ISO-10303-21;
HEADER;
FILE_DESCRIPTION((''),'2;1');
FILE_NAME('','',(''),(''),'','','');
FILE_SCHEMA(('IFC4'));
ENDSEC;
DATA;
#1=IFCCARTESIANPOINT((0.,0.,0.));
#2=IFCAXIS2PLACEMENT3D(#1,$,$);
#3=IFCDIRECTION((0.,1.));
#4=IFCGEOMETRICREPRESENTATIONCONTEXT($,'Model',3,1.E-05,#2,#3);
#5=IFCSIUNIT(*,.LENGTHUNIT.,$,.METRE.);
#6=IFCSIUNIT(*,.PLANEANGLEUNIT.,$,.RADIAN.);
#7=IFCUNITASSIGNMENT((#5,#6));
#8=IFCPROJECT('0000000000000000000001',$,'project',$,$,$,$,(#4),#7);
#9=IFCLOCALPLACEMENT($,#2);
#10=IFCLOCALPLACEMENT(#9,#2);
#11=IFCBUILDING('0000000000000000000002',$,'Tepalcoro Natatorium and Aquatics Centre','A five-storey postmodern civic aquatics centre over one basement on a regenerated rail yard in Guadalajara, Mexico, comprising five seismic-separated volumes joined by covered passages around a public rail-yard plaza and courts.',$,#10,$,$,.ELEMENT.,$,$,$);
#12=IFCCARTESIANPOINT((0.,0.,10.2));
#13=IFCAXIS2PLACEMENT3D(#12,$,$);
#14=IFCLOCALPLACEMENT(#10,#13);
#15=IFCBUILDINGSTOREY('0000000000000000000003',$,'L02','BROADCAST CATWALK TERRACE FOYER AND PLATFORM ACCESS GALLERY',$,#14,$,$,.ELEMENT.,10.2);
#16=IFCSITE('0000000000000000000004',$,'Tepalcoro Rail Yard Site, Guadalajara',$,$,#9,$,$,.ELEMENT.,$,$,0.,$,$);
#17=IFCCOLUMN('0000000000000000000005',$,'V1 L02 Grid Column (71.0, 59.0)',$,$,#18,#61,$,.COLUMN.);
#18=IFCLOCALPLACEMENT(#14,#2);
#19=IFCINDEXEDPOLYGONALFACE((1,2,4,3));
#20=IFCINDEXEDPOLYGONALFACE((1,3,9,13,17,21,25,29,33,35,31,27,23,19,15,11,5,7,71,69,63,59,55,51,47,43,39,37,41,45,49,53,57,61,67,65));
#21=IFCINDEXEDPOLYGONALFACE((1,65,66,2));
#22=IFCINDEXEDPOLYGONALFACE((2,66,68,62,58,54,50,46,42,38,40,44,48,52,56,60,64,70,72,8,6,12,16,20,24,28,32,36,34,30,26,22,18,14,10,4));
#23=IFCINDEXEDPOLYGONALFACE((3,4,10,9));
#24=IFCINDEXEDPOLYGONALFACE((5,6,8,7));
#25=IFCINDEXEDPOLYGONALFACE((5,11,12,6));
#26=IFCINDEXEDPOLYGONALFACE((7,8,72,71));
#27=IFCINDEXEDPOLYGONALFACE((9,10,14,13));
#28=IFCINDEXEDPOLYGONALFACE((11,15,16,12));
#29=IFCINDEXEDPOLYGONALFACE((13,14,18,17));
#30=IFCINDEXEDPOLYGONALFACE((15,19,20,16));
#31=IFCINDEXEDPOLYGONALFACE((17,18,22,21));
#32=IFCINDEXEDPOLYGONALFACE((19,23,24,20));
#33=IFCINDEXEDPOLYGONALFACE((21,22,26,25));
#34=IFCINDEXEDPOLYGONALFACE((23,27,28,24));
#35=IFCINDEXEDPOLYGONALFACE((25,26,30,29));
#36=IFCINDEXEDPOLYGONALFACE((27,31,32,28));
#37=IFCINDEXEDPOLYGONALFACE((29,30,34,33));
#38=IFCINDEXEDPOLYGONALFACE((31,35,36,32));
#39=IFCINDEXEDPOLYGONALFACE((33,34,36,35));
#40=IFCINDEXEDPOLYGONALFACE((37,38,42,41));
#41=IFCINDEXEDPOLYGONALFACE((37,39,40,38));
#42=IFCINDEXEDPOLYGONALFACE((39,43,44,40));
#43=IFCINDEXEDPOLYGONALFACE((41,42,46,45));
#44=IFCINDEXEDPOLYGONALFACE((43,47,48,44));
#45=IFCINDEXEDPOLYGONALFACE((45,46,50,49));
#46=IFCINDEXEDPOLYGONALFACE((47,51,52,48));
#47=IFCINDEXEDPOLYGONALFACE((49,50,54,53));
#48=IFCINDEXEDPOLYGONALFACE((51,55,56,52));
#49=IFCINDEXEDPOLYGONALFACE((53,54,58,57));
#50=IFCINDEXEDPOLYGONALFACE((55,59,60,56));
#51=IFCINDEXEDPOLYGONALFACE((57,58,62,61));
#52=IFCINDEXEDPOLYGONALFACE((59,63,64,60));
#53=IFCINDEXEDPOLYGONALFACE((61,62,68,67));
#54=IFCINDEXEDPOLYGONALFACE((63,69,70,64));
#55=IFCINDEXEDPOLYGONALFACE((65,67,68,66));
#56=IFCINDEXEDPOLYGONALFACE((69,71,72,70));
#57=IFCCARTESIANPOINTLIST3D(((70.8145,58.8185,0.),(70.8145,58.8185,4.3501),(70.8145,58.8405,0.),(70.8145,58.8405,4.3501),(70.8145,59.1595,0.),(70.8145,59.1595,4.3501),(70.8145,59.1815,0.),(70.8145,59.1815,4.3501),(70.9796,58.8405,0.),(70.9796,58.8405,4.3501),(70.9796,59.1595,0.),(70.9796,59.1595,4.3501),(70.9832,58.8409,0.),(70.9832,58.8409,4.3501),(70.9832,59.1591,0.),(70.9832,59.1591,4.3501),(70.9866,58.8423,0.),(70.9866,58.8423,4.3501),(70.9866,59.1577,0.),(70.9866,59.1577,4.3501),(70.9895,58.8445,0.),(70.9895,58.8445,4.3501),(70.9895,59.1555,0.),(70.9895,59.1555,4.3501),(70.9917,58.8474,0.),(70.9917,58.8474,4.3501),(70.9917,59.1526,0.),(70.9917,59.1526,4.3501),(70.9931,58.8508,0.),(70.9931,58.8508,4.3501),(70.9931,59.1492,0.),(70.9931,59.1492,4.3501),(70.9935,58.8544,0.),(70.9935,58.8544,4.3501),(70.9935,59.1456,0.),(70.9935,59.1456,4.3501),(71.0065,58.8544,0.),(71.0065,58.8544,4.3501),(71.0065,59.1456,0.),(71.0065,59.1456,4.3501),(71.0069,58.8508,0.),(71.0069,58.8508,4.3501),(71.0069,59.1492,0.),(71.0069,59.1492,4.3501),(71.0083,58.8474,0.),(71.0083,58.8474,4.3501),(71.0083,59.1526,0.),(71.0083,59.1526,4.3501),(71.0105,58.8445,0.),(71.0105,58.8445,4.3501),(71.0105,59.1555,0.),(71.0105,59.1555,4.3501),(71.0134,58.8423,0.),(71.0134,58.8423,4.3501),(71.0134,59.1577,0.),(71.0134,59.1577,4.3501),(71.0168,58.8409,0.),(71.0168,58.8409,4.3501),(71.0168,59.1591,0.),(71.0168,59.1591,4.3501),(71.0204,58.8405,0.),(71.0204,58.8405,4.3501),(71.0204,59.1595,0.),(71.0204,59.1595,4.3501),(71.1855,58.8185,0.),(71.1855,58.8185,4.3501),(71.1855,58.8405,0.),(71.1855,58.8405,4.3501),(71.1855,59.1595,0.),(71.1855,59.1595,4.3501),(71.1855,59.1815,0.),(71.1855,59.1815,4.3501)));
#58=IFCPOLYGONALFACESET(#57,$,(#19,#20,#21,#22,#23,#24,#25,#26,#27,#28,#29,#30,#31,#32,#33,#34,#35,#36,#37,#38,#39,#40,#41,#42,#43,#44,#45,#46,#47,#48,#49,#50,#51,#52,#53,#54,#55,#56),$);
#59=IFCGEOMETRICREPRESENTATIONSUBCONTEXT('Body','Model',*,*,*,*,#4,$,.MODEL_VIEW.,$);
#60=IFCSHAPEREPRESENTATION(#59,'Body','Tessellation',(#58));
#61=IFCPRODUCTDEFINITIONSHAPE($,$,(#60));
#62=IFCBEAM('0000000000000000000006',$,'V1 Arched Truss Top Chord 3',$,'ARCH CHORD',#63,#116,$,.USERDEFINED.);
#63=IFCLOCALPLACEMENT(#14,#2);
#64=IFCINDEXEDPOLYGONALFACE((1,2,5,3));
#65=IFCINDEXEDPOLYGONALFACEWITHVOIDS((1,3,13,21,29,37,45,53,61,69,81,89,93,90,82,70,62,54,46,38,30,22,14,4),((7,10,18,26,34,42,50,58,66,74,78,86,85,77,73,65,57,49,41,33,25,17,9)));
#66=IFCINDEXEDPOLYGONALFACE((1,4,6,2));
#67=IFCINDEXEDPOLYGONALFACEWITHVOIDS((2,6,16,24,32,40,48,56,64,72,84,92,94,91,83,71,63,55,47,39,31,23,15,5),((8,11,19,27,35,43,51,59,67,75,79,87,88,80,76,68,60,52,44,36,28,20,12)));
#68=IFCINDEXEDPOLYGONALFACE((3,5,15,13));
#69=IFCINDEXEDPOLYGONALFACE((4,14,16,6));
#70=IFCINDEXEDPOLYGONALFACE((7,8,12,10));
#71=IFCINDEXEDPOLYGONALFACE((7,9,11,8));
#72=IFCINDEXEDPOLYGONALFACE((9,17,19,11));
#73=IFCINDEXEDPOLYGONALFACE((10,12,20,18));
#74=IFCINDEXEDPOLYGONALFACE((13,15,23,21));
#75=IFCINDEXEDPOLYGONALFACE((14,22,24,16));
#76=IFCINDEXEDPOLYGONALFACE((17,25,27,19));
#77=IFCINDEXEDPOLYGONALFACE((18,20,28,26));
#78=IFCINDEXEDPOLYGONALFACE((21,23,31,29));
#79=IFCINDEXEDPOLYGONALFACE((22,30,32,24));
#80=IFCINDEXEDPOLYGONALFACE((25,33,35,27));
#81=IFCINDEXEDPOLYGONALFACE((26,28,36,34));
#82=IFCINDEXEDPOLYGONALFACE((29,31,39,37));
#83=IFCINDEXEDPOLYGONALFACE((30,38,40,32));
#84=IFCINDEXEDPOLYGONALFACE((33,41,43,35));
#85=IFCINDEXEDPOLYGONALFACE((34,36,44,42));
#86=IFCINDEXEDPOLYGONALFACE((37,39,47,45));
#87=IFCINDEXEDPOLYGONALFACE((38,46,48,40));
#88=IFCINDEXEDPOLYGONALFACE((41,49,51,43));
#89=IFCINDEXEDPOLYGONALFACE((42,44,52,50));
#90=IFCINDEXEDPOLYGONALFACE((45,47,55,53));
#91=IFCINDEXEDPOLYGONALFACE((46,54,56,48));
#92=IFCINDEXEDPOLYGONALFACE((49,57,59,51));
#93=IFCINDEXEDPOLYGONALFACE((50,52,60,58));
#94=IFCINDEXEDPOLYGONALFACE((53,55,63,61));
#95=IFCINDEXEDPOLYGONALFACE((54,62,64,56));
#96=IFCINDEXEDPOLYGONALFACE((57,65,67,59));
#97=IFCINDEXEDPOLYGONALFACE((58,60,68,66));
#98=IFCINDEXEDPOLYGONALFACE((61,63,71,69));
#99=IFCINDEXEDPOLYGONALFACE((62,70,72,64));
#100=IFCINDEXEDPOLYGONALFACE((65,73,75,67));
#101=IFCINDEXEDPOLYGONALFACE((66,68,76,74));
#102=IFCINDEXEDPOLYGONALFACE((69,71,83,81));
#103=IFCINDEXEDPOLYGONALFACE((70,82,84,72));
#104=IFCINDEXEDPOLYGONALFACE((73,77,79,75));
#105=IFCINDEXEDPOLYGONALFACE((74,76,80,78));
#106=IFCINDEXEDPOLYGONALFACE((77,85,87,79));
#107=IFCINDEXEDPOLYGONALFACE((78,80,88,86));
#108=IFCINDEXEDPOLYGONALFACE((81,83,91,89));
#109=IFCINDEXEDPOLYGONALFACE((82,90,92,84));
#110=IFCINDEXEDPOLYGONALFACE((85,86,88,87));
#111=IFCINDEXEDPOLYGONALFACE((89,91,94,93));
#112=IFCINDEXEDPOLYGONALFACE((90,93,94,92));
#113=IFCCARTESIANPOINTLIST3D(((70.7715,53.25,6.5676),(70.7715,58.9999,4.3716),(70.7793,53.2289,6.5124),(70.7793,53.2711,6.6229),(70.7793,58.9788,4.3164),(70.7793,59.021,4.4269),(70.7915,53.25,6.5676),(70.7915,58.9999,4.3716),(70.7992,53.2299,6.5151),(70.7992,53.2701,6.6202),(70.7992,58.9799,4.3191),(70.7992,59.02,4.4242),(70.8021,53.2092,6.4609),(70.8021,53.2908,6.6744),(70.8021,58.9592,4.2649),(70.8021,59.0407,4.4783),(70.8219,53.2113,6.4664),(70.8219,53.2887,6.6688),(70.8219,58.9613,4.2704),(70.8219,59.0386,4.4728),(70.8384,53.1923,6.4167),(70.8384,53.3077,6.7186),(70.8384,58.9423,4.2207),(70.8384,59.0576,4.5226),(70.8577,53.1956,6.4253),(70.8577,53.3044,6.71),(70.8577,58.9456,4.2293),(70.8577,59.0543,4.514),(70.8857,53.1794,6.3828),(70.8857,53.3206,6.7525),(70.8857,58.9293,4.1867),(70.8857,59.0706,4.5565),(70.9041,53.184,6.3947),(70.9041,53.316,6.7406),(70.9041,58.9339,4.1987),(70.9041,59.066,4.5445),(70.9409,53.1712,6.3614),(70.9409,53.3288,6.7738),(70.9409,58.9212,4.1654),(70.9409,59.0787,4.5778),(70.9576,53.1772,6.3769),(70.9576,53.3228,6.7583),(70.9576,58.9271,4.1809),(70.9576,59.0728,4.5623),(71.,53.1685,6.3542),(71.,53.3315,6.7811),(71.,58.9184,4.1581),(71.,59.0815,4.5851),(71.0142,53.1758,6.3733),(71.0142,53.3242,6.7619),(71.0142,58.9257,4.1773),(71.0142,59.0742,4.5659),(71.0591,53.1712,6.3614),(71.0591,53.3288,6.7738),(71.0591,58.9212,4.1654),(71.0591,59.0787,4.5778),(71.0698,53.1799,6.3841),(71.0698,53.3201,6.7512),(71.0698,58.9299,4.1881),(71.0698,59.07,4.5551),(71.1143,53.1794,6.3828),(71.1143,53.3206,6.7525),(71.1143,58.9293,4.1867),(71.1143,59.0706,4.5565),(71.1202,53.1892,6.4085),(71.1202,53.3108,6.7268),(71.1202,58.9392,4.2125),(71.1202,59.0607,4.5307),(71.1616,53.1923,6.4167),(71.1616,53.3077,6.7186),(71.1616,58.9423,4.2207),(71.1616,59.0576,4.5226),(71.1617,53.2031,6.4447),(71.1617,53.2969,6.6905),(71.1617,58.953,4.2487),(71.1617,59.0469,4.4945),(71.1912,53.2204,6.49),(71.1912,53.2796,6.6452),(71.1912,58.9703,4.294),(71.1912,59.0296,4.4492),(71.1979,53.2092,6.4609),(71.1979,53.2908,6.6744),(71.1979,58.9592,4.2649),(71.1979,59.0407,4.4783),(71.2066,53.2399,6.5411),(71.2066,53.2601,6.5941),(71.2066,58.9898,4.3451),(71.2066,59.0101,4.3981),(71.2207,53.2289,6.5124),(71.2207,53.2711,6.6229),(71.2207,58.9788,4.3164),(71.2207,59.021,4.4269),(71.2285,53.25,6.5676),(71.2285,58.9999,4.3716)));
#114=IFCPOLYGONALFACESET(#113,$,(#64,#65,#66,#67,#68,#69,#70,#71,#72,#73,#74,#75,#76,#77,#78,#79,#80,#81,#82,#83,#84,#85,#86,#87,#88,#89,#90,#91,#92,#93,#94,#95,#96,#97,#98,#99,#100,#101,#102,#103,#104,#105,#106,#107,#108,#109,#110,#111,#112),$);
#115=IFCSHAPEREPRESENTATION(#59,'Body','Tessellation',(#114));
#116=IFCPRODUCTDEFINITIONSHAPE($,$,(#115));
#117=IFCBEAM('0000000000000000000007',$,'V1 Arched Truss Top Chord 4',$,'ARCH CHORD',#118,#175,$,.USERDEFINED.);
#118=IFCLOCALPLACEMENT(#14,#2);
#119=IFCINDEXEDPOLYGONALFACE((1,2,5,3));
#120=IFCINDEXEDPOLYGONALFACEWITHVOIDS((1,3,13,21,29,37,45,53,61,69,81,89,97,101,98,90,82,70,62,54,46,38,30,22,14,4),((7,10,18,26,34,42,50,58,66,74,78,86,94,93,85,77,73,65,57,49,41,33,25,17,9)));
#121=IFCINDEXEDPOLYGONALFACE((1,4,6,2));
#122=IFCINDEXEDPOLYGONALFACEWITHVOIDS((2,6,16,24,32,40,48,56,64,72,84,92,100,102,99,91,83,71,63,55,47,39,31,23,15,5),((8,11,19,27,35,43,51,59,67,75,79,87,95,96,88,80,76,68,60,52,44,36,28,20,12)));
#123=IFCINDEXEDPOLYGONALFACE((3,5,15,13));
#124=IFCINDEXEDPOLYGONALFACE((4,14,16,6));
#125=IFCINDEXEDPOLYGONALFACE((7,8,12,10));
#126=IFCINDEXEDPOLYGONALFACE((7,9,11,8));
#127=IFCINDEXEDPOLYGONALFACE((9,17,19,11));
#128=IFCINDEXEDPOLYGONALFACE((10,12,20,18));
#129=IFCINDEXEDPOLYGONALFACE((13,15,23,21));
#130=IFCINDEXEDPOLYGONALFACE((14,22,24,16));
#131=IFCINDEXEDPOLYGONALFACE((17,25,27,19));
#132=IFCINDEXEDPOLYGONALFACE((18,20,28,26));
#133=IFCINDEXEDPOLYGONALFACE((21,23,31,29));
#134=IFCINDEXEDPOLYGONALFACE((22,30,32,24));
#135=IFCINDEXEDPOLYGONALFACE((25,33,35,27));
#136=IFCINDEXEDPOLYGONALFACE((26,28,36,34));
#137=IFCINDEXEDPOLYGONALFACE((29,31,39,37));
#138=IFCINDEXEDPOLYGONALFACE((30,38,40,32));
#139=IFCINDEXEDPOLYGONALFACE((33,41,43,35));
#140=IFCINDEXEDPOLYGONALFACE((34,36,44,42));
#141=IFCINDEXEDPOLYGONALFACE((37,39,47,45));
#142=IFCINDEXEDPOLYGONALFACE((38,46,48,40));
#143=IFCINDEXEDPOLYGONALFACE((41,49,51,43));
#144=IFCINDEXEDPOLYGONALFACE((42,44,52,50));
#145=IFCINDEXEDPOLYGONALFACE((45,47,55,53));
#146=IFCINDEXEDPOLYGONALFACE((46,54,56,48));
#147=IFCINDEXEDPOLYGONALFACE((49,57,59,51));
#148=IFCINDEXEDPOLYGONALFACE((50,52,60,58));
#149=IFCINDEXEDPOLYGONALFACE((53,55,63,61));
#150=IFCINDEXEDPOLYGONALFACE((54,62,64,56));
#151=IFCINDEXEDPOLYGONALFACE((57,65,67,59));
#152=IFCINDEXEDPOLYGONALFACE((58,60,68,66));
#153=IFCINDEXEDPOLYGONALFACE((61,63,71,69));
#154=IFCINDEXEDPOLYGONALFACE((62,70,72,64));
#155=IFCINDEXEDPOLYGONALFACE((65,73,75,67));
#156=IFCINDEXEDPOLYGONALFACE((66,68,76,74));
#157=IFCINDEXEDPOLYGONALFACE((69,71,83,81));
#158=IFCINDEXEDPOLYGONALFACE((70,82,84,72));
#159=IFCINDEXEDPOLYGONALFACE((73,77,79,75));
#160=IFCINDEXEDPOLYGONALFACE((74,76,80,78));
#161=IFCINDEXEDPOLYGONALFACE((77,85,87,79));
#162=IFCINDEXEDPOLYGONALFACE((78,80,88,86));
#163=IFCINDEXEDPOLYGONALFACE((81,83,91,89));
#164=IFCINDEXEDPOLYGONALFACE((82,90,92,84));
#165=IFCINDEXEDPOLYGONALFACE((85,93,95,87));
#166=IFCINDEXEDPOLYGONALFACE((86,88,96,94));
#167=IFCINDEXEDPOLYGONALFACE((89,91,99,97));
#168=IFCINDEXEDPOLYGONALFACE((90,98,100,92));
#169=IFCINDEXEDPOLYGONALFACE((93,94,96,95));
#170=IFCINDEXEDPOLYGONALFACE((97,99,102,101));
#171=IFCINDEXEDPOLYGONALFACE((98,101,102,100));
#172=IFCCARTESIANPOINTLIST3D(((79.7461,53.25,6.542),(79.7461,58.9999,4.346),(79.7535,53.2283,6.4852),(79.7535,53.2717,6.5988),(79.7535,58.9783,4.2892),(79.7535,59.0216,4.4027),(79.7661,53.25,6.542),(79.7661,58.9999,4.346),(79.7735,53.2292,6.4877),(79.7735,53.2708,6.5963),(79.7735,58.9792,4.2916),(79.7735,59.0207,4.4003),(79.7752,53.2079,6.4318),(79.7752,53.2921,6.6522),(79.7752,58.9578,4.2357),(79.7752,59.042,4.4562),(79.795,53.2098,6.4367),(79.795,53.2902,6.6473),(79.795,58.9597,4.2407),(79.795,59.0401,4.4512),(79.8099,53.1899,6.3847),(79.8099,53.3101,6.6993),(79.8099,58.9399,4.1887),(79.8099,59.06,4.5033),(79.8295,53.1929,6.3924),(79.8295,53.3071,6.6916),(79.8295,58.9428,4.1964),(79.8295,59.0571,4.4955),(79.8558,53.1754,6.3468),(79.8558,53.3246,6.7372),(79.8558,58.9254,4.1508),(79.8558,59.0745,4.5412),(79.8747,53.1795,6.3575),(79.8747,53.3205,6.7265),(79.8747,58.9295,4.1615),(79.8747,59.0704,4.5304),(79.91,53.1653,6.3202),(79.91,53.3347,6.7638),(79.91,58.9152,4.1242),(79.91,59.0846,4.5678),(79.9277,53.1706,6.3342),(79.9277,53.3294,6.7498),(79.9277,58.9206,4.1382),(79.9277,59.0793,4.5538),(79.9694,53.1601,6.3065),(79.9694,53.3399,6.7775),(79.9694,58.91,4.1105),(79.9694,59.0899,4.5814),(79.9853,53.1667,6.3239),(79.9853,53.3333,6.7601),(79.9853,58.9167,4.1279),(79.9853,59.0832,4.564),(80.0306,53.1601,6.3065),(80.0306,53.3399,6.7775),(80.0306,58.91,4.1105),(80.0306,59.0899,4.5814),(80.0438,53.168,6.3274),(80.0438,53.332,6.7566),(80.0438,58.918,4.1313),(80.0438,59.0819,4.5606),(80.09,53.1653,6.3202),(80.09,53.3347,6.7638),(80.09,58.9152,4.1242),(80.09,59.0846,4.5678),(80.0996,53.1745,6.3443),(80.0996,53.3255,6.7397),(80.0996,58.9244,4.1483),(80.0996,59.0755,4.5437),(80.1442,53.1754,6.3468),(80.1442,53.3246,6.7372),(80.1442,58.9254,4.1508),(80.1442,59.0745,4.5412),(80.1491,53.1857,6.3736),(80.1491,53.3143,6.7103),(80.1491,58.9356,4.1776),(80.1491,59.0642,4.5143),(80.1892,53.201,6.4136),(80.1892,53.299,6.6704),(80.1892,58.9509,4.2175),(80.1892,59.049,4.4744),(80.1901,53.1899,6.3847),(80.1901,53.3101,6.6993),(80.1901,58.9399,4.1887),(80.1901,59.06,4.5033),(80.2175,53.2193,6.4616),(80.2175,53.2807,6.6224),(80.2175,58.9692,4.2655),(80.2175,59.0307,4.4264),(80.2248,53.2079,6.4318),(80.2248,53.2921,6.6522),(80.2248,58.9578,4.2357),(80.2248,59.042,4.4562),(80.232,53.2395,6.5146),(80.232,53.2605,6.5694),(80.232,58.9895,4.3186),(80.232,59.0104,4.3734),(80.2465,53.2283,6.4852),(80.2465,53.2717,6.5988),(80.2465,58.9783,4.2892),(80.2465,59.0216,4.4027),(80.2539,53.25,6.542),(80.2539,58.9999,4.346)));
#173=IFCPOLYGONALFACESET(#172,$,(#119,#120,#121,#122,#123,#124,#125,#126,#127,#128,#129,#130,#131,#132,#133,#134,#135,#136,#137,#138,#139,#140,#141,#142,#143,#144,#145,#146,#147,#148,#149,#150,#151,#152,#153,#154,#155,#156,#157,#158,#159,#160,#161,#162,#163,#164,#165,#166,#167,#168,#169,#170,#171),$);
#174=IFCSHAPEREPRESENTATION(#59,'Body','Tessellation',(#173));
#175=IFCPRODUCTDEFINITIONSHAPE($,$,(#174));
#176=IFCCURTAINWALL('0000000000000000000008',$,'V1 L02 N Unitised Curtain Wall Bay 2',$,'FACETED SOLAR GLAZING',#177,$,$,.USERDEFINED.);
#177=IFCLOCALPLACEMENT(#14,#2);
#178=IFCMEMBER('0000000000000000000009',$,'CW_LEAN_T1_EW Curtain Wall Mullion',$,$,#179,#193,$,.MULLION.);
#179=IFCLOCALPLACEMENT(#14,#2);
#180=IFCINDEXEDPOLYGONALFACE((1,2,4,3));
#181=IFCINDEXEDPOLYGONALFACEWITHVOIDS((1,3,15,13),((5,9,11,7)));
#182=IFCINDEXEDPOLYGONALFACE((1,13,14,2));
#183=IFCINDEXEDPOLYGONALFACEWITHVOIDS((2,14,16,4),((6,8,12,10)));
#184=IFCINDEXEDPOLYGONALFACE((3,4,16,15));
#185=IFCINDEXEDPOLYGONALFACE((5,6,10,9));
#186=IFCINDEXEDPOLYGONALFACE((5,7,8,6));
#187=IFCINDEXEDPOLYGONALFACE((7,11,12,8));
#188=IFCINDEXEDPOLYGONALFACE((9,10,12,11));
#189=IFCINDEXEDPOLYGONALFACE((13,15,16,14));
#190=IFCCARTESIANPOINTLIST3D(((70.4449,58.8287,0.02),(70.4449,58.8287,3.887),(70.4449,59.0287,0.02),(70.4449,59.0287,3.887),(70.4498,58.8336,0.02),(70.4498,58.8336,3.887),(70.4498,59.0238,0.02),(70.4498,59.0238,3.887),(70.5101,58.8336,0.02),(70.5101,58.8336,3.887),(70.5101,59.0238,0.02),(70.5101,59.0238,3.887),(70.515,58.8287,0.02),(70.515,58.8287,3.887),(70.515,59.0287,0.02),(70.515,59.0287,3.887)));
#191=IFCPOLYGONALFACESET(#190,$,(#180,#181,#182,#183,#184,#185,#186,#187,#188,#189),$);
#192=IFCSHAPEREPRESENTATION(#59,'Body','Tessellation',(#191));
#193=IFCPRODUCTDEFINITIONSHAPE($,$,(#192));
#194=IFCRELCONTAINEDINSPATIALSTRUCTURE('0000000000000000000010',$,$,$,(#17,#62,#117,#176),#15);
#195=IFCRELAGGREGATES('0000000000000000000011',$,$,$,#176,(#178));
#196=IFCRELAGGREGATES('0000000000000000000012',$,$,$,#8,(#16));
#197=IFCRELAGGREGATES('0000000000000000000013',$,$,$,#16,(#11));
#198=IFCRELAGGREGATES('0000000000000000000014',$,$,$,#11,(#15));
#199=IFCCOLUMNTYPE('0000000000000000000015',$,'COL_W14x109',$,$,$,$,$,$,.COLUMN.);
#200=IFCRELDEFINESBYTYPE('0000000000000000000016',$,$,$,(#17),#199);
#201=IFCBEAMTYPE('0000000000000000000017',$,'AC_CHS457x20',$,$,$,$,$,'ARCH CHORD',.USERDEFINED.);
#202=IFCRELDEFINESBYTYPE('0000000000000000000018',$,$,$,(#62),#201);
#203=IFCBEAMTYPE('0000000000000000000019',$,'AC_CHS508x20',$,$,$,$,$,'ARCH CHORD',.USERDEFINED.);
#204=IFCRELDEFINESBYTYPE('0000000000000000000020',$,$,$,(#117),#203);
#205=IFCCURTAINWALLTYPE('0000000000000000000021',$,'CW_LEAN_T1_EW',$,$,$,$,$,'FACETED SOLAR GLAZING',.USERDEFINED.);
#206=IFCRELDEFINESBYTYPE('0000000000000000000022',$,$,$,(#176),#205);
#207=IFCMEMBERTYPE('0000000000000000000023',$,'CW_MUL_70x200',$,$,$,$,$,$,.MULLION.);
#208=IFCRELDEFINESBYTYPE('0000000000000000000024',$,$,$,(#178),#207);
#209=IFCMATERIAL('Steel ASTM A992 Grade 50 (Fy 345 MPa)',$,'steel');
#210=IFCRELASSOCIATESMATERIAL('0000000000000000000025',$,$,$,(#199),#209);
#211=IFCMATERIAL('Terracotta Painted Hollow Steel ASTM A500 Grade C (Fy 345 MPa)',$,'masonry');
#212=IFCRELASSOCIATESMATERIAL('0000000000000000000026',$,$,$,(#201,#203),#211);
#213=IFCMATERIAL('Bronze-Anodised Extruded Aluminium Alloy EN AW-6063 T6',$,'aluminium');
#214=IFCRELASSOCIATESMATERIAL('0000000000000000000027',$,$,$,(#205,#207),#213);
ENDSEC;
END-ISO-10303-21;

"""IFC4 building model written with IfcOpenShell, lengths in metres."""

from ifc_helpers import new_model, si_unit, direction, frame, origin, origin_2d, place, context, subcontext, project, spatial, hollow_rectangle, hollow_circle, i_section, extrude, material, material_profile, profile_set, type_object, element, aggregate, save


model = new_model("IFC4")

# Units and contexts
model_context = context("Model", 3, precision=1e-05, world=origin(), true_north=direction((0.0, 1.0)))
body_context = subcontext(model_context, "Body", "Model", "MODEL_VIEW")
ifc_project = project(units=[si_unit("LENGTHUNIT", "METRE"), si_unit("PLANEANGLEUNIT", "RADIAN")], contexts=[model_context])

# Site, building, storey
site_placement = place(None, origin())
site = spatial("IfcSite", under=ifc_project, at=site_placement, Name="Tepalcoro Rail Yard Site, Guadalajara", CompositionType="ELEMENT", RefElevation=0.0)
building_placement = place(site_placement, origin())
building = spatial("IfcBuilding", under=site, at=building_placement, Name="Tepalcoro Natatorium and Aquatics Centre", Description="A five-storey postmodern civic aquatics centre over one basement on a regenerated rail yard in Guadalajara, Mexico, comprising five seismic-separated volumes joined by covered passages around a public rail-yard plaza and courts.", CompositionType="ELEMENT")
storey_placement = place(building_placement, frame((0.0, 0.0, 10.2)))
storey = spatial("IfcBuildingStorey", under=building, at=storey_placement, Name="L02", Description="BROADCAST CATWALK TERRACE FOYER AND PLATFORM ACCESS GALLERY", CompositionType="ELEMENT", Elevation=10.2)

# Column
ifc_material_1 = material(Name="Steel ASTM A992 Grade 50 (Fy 345 MPa)", Category="steel")
ifc_material_profile_1 = material_profile(ifc_material_1, i_section(OverallWidth=0.3711, OverallDepth=0.363, WebThickness=0.0129, FlangeThickness=0.022, FilletRadius=0.0139, at=origin_2d()), Name="W14X109")
ifc_profile_set_1 = profile_set([ifc_material_profile_1], Name="Steel ASTM A992 Grade 50 (Fy 345 MPa)")
column_type = type_object("IfcColumnType", Name="COL_W14x109", PredefinedType="COLUMN", material=ifc_profile_set_1)
column_placement = place(storey_placement, frame((71.0, 59.0, 0.0), z_axis=(0.0, 0.0, 1.0), x_axis=(1.0, 0.0, 0.0)))
element("IfcColumn", 1, at=column_placement, inside=storey, type_object=column_type, Name="V1 L02 Grid Column (71.0, 59.0)", PredefinedType="COLUMN", context=body_context, shape_type="SweptSolid", body=[
    extrude(i_section(OverallWidth=0.3711, OverallDepth=0.363, WebThickness=0.0129, FlangeThickness=0.022, FilletRadius=0.0139, at=origin_2d()), origin(), (0.0, 0.0, 1.0), 4.3501),
])

# Beams
ifc_material_2 = material(Name="Terracotta Painted Hollow Steel ASTM A500 Grade C (Fy 345 MPa)", Category="masonry")
ifc_material_profile_2 = material_profile(ifc_material_2, hollow_circle(Radius=0.2285, WallThickness=0.02, at=origin_2d()), Name="CHS457X20")
ifc_profile_set_2 = profile_set([ifc_material_profile_2], Name="Terracotta Painted Hollow Steel ASTM A500 Grade C (Fy 345 MPa)")
beam_type_1 = type_object("IfcBeamType", Name="AC_CHS457x20", ElementType="ARCH CHORD", PredefinedType="USERDEFINED", material=ifc_profile_set_2)
beam_1_placement = place(storey_placement, frame((71.0, 53.25, 6.5676), z_axis=(0.0, 0.934186, -0.356785), x_axis=(-1.0, 0.0, 0.0)))
element("IfcBeam", 2, at=beam_1_placement, inside=storey, type_object=beam_type_1, Name="V1 Arched Truss Top Chord 3", ObjectType="ARCH CHORD", PredefinedType="USERDEFINED", context=body_context, shape_type="SweptSolid", body=[
    extrude(hollow_circle(Radius=0.2285, WallThickness=0.02, at=origin_2d()), origin(), (0.0, 0.0, 1.0), 6.155),
])
ifc_material_profile_3 = material_profile(ifc_material_2, hollow_circle(Radius=0.2539, WallThickness=0.02, at=origin_2d()), Name="CHS508X20")
ifc_profile_set_3 = profile_set([ifc_material_profile_3], Name="Terracotta Painted Hollow Steel ASTM A500 Grade C (Fy 345 MPa)")
beam_type_2 = type_object("IfcBeamType", Name="AC_CHS508x20", ElementType="ARCH CHORD", PredefinedType="USERDEFINED", material=ifc_profile_set_3)
beam_2_placement = place(storey_placement, frame((80.0, 53.25, 6.542), z_axis=(0.0, 0.934186, -0.356785), x_axis=(-1.0, 0.0, 0.0)))
element("IfcBeam", 3, at=beam_2_placement, inside=storey, type_object=beam_type_2, Name="V1 Arched Truss Top Chord 4", ObjectType="ARCH CHORD", PredefinedType="USERDEFINED", context=body_context, shape_type="SweptSolid", body=[
    extrude(hollow_circle(Radius=0.2539, WallThickness=0.02, at=origin_2d()), origin(), (0.0, 0.0, 1.0), 6.155),
])

# Curtain wall, member
ifc_material_3 = material(Name="Bronze-Anodised Extruded Aluminium Alloy EN AW-6063 T6", Category="aluminium")
curtain_wall_type_1 = type_object("IfcCurtainWallType", Name="CW_LEAN_T1_EW", ElementType="FACETED SOLAR GLAZING", PredefinedType="USERDEFINED", material=ifc_material_3)
curtain_wall_1_placement = place(storey_placement, origin())
curtain_wall_1 = element("IfcCurtainWall", 4, at=curtain_wall_1_placement, inside=storey, type_object=curtain_wall_type_1, Name="V1 L02 N Unitised Curtain Wall Bay 2", ObjectType="FACETED SOLAR GLAZING", PredefinedType="USERDEFINED")
ifc_material_profile_4 = material_profile(ifc_material_3, hollow_rectangle(XDim=0.0701, YDim=0.2, WallThickness=0.0049, at=origin_2d()), Name="AL70X200X5")
ifc_profile_set_4 = profile_set([ifc_material_profile_4], Name="Bronze-Anodised Extruded Aluminium Alloy EN AW-6063 T6")
member_type_1 = type_object("IfcMemberType", Name="CW_MUL_70x200", PredefinedType="MULLION", material=ifc_profile_set_4)
member_1_placement = place(storey_placement, frame((70.48, 58.9287, 0.02), z_axis=(0.0, 0.0, 1.0), x_axis=(1.0, 0.0, 0.0)))
member_1 = element("IfcMember", 5, at=member_1_placement, type_object=member_type_1, Name="CW_LEAN_T1_EW Curtain Wall Mullion", PredefinedType="MULLION", context=body_context, shape_type="SweptSolid", body=[
    extrude(hollow_rectangle(XDim=0.0701, YDim=0.2, WallThickness=0.0049, at=origin_2d()), origin(), (0.0, 0.0, 1.0), 3.8669),
])

aggregate(curtain_wall_1, [member_1])

save(model, "model.ifc")
